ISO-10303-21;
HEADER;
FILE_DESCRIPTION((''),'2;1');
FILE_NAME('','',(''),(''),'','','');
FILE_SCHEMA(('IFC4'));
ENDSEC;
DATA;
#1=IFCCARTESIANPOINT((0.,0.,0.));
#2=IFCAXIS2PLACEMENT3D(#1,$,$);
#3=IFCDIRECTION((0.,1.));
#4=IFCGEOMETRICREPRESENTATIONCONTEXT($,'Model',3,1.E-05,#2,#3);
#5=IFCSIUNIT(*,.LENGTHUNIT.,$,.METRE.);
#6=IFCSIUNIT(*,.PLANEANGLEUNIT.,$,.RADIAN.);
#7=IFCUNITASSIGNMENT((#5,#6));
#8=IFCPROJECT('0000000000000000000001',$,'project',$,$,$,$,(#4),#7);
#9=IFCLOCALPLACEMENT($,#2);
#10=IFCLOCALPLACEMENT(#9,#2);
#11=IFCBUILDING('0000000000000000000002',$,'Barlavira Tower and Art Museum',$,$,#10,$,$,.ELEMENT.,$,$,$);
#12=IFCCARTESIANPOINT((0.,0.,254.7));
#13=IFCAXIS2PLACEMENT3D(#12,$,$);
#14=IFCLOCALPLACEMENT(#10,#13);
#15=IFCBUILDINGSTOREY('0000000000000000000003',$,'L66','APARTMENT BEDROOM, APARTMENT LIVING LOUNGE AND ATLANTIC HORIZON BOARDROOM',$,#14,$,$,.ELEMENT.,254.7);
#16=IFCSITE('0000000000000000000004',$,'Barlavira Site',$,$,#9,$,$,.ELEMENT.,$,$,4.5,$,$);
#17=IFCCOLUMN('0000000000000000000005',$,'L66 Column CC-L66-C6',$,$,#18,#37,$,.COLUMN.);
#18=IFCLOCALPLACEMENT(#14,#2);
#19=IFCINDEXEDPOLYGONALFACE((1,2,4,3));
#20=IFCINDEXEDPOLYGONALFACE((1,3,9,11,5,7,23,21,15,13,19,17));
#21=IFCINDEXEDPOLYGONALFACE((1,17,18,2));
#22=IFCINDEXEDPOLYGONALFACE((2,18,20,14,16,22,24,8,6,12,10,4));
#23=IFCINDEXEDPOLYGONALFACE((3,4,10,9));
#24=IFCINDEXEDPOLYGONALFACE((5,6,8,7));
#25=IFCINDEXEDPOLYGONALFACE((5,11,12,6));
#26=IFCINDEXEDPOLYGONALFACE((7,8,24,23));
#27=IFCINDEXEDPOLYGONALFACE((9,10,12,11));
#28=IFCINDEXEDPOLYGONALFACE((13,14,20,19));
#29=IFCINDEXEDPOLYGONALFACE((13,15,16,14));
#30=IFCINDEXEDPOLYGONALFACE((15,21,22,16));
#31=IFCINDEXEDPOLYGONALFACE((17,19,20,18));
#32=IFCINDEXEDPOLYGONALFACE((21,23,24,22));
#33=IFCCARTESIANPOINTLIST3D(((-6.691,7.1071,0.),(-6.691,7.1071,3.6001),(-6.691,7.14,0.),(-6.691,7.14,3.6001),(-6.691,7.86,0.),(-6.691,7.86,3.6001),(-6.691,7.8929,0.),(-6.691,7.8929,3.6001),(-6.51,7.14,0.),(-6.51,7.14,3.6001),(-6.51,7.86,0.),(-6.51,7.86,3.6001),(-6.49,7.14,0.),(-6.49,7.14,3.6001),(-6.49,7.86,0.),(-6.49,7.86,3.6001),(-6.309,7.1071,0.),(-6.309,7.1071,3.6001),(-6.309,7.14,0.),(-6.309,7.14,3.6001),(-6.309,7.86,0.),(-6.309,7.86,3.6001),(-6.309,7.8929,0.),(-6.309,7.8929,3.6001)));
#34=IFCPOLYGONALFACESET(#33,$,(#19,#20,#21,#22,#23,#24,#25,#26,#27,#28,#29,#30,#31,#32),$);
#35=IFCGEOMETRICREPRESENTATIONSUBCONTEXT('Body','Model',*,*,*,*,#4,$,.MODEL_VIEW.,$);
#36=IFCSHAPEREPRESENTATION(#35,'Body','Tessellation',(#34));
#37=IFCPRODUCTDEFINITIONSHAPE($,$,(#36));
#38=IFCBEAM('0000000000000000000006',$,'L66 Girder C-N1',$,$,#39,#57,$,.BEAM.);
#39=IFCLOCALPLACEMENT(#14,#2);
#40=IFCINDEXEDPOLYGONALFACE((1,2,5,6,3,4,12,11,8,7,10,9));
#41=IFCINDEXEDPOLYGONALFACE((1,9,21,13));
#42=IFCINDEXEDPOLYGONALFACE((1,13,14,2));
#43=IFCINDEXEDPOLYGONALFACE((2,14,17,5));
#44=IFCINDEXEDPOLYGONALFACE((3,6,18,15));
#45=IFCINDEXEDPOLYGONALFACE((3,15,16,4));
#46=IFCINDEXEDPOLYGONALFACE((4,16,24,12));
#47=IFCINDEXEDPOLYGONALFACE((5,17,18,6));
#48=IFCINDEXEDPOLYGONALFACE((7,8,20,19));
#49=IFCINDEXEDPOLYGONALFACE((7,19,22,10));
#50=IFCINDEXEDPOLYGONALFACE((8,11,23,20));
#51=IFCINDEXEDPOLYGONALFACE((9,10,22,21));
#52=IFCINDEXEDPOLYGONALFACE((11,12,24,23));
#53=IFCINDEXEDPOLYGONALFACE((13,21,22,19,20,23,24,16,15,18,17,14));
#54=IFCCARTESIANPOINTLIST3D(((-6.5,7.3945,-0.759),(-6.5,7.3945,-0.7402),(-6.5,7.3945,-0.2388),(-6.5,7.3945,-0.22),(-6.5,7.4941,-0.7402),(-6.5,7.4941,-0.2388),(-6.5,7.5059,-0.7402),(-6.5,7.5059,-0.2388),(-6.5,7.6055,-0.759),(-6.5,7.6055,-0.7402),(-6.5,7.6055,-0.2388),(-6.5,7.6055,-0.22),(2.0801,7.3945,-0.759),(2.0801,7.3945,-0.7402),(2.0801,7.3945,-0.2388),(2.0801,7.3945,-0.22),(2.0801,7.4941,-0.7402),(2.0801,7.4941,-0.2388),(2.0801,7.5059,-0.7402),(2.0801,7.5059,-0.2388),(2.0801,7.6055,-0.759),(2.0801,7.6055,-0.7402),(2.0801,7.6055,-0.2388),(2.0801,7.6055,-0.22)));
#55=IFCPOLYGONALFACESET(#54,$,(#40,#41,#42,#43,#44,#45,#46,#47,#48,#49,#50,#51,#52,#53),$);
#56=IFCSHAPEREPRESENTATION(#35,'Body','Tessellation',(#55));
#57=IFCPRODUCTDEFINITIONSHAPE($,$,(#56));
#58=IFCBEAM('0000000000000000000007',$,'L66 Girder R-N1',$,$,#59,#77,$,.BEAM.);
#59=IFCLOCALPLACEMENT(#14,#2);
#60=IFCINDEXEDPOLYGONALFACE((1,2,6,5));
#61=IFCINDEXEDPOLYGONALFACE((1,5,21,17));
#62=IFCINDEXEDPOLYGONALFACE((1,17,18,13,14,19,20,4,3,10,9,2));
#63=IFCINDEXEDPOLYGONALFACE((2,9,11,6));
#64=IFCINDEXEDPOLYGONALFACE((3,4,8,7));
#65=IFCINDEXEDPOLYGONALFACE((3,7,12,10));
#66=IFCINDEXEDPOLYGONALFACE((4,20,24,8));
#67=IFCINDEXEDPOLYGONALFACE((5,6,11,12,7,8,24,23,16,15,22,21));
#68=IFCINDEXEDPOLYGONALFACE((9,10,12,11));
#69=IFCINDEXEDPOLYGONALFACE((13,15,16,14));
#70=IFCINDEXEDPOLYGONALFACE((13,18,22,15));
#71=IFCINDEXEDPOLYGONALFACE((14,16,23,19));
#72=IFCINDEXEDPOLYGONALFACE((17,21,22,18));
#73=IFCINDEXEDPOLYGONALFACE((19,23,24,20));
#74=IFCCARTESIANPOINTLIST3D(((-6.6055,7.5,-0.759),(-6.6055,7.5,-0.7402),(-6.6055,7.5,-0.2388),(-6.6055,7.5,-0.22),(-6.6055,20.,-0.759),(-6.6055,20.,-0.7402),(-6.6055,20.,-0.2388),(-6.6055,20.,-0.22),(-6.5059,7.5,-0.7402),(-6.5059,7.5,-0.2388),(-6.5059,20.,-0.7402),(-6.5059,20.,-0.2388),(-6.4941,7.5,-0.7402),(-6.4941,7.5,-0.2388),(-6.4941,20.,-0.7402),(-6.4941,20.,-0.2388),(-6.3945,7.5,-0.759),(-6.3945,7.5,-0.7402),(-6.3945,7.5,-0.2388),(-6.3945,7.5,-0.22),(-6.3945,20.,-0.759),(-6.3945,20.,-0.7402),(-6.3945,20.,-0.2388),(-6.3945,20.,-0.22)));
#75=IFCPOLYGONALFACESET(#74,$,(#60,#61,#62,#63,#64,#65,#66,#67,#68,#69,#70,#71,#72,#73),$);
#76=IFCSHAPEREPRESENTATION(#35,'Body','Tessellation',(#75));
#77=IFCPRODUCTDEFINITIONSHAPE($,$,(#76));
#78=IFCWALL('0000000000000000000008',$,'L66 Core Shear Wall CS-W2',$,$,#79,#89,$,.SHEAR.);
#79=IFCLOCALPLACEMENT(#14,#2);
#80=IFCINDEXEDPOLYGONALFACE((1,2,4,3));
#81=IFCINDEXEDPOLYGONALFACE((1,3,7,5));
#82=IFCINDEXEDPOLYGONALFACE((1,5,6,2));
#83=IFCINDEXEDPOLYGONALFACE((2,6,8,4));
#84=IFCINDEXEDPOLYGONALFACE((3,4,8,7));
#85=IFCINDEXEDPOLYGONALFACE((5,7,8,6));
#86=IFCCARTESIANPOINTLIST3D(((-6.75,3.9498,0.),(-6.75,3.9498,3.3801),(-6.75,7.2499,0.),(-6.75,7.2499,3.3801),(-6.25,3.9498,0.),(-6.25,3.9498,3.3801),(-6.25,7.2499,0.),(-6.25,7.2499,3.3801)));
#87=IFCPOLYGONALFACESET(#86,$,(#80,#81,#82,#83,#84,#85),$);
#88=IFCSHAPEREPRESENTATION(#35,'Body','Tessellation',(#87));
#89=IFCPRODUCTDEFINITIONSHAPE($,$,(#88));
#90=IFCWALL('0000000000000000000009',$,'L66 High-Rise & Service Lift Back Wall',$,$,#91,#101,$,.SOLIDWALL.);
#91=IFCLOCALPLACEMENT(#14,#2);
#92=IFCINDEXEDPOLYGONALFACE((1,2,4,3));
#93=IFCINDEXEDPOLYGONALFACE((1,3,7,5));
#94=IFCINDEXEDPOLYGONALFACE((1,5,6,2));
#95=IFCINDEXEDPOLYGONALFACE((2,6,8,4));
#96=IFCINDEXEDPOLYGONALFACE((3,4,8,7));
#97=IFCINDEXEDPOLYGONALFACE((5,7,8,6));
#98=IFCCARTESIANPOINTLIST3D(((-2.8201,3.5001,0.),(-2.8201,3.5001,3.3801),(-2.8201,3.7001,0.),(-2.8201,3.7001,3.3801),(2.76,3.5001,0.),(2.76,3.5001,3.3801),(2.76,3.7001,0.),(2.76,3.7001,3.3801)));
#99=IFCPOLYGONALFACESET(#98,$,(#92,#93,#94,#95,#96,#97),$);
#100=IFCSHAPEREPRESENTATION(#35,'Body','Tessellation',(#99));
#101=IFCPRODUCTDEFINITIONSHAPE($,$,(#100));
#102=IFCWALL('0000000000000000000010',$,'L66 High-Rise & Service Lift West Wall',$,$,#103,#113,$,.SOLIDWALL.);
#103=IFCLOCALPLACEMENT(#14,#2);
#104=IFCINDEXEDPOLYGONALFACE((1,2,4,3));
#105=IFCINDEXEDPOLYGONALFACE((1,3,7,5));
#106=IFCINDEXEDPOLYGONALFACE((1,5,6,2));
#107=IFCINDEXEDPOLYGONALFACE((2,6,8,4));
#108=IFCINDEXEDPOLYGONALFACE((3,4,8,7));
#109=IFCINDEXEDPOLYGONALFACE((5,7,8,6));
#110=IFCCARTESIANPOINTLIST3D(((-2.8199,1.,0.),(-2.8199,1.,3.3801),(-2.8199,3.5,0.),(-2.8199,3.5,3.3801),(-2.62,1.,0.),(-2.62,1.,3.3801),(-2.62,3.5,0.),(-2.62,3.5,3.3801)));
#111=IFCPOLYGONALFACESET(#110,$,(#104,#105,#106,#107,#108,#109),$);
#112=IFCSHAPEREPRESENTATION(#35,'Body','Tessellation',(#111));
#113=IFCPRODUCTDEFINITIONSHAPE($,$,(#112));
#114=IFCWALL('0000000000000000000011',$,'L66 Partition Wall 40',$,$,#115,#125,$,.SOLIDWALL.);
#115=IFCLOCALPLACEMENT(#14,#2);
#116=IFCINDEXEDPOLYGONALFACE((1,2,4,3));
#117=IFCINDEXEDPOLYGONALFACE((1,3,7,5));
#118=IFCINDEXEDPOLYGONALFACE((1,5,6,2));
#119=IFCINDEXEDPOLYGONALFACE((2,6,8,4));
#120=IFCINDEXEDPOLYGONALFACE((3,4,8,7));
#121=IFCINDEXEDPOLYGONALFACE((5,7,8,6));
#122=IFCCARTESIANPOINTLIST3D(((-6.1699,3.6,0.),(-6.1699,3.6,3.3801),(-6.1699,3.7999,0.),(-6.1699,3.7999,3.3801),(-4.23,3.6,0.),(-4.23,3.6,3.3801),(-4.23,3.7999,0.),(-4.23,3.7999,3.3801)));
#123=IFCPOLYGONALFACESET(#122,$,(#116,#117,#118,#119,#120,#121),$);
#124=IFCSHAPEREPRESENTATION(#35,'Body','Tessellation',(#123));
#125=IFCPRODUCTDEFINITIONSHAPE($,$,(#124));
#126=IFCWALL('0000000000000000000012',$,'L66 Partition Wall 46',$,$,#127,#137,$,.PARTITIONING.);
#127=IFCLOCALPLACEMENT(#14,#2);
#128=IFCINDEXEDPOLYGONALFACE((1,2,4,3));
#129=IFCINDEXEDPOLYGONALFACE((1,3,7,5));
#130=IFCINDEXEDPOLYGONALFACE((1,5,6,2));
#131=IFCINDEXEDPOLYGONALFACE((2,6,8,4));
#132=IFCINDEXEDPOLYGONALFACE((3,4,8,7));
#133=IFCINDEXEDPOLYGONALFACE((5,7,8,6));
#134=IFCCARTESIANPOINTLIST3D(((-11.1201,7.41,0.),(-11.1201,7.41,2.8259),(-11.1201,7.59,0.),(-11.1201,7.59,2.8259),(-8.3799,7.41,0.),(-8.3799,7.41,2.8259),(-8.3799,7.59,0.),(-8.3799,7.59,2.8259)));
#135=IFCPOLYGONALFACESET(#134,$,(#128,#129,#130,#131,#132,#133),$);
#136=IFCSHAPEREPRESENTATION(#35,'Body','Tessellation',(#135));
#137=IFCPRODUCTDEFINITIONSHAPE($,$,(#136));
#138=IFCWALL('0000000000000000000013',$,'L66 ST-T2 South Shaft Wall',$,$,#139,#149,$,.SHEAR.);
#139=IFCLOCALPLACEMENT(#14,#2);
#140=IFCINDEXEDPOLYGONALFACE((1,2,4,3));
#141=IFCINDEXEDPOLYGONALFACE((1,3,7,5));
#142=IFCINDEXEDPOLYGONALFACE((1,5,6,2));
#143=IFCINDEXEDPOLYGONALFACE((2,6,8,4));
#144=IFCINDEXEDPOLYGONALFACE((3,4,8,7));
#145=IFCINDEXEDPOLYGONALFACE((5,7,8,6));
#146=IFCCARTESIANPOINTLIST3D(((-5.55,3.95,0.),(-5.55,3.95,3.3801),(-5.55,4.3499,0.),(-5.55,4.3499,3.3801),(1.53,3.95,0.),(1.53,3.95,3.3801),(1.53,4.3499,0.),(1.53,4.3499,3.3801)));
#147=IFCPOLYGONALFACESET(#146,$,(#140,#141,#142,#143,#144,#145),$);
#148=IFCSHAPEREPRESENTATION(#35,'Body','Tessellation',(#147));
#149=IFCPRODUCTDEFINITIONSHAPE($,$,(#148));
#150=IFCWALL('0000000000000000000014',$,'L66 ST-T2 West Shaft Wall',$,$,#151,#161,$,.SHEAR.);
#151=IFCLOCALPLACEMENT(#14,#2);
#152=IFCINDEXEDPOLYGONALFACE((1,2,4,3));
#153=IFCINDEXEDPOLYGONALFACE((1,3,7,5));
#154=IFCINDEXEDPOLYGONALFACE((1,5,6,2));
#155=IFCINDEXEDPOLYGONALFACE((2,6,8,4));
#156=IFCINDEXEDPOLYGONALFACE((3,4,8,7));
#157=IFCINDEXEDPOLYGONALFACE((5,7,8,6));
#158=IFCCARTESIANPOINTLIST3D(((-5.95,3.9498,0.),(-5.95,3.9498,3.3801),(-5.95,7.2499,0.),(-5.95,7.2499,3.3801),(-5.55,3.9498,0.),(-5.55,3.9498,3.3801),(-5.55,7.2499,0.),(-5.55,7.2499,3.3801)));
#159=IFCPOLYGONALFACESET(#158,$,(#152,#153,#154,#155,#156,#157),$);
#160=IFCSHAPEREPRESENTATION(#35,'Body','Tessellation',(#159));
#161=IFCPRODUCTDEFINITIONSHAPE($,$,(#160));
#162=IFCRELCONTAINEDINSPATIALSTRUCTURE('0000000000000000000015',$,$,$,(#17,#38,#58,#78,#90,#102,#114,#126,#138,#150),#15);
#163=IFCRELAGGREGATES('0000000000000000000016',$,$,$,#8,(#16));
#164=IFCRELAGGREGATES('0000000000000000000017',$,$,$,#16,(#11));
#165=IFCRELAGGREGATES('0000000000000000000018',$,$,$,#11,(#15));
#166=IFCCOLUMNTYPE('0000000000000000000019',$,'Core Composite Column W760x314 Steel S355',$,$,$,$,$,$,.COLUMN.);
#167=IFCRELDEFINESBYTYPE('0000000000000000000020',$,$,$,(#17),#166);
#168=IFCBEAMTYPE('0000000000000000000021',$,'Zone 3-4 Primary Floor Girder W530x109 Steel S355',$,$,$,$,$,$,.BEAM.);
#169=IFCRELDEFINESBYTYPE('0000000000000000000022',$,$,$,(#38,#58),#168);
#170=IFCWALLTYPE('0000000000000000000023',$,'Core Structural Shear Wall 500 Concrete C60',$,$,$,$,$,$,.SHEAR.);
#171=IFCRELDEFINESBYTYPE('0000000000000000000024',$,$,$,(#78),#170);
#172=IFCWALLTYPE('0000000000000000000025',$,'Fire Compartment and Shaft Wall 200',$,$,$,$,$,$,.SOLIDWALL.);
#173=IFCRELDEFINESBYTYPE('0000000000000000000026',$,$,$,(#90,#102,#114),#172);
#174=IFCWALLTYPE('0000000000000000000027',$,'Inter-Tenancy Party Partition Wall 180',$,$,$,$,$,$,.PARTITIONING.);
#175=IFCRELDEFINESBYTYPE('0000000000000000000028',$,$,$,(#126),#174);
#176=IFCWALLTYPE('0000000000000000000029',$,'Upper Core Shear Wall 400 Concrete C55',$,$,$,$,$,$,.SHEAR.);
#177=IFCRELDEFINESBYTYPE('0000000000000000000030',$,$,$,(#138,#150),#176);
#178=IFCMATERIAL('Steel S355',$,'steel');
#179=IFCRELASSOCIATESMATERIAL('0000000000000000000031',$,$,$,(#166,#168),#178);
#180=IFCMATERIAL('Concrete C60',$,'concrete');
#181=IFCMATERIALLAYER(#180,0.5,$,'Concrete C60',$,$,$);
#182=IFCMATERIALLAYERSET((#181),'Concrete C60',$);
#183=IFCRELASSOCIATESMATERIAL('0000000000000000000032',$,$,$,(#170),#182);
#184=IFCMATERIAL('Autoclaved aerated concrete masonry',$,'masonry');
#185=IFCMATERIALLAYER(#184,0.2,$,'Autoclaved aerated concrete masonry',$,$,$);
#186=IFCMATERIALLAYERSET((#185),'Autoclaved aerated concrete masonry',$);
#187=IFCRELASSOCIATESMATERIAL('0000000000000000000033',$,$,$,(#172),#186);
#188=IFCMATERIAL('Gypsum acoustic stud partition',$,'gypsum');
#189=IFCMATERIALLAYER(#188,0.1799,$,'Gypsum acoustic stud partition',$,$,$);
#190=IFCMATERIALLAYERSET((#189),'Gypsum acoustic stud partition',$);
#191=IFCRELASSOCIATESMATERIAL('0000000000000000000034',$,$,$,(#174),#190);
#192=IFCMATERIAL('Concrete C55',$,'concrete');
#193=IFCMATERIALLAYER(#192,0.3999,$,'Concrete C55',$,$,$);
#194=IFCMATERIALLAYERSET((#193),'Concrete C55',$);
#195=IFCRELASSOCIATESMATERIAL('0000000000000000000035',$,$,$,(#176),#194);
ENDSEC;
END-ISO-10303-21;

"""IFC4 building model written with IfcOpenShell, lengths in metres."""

from ifc_helpers import new_model, si_unit, direction, frame, frame_2d, origin, origin_2d, place, context, subcontext, project, spatial, rectangle, i_section, extrude, material, layer, layer_set, material_profile, profile_set, type_object, element, save


model = new_model("IFC4")

# Units and contexts
model_context = context("Model", 3, precision=1e-05, world=origin(), true_north=direction((0.0, 1.0)))
body_context = subcontext(model_context, "Body", "Model", "MODEL_VIEW")
ifc_project = project(units=[si_unit("LENGTHUNIT", "METRE"), si_unit("PLANEANGLEUNIT", "RADIAN")], contexts=[model_context])

# Site, building, storey
site_placement = place(None, origin())
site = spatial("IfcSite", under=ifc_project, at=site_placement, Name="Barlavira Site", CompositionType="ELEMENT", RefElevation=4.5)
building_placement = place(site_placement, origin())
building = spatial("IfcBuilding", under=site, at=building_placement, Name="Barlavira Tower and Art Museum", CompositionType="ELEMENT")
storey_placement = place(building_placement, frame((0.0, 0.0, 254.7)))
storey = spatial("IfcBuildingStorey", under=building, at=storey_placement, Name="L66", Description="APARTMENT BEDROOM, APARTMENT LIVING LOUNGE AND ATLANTIC HORIZON BOARDROOM", CompositionType="ELEMENT", Elevation=254.7)

# Column
ifc_material_1 = material(Name="Steel S355", Category="steel")
ifc_material_profile_1 = material_profile(ifc_material_1, i_section(OverallWidth=0.3821, OverallDepth=0.7859, WebThickness=0.02, FlangeThickness=0.033, at=origin_2d()), Name="W760x314.0")
ifc_profile_set_1 = profile_set([ifc_material_profile_1], Name="Steel S355")
column_type = type_object("IfcColumnType", Name="Core Composite Column W760x314 Steel S355", PredefinedType="COLUMN", material=ifc_profile_set_1)
column_placement = place(storey_placement, frame((-6.5, 7.5, 0.0), z_axis=(0.0, 0.0, 1.0), x_axis=(1.0, 0.0, 0.0)))
element("IfcColumn", 1, at=column_placement, inside=storey, type_object=column_type, Name="L66 Column CC-L66-C6", PredefinedType="COLUMN", context=body_context, shape_type="SweptSolid", body=[
    extrude(i_section(OverallWidth=0.3821, OverallDepth=0.7859, WebThickness=0.02, FlangeThickness=0.033, at=origin_2d()), origin(), (0.0, 0.0, 1.0), 3.6001),
])

# Beams
ifc_material_profile_2 = material_profile(ifc_material_1, i_section(OverallWidth=0.2109, OverallDepth=0.5391, WebThickness=0.0117, FlangeThickness=0.0188, at=origin_2d()), Name="W530x109.0")
ifc_profile_set_2 = profile_set([ifc_material_profile_2], Name="Steel S355")
beam_type = type_object("IfcBeamType", Name="Zone 3-4 Primary Floor Girder W530x109 Steel S355", PredefinedType="BEAM", material=ifc_profile_set_2)
beam_1_placement = place(storey_placement, frame((-6.5, 7.5, -0.4895), z_axis=(1.0, 0.0, 0.0), x_axis=(0.0, 1.0, 0.0)))
element("IfcBeam", 2, at=beam_1_placement, inside=storey, type_object=beam_type, Name="L66 Girder C-N1", PredefinedType="BEAM", context=body_context, shape_type="SweptSolid", body=[
    extrude(i_section(OverallWidth=0.2109, OverallDepth=0.5391, WebThickness=0.0117, FlangeThickness=0.0188, at=origin_2d()), origin(), (0.0, 0.0, 1.0), 8.5801),
])
beam_2_placement = place(storey_placement, frame((-6.5, 7.5, -0.4895), z_axis=(0.0, 1.0, 0.0), x_axis=(-1.0, 0.0, 0.0)))
element("IfcBeam", 3, at=beam_2_placement, inside=storey, type_object=beam_type, Name="L66 Girder R-N1", PredefinedType="BEAM", context=body_context, shape_type="SweptSolid", body=[
    extrude(i_section(OverallWidth=0.2109, OverallDepth=0.5391, WebThickness=0.0117, FlangeThickness=0.0188, at=origin_2d()), origin(), (0.0, 0.0, 1.0), 12.5),
])

# Shared definitions
ifc_material_2 = material(Name="Concrete C60", Category="concrete")
ifc_layer_1 = layer(ifc_material_2, 0.5, Name="Concrete C60")
ifc_layer_set_1 = layer_set([ifc_layer_1], Name="Concrete C60")
wall_type_1 = type_object("IfcWallType", Name="Core Structural Shear Wall 500 Concrete C60", PredefinedType="SHEAR", material=ifc_layer_set_1)

# Wall
wall_1_placement = place(storey_placement, frame((-6.5, 3.95, 0.0), z_axis=(0.0, 0.0, 1.0), x_axis=(0.0, 1.0, 0.0)))
element("IfcWall", 4, at=wall_1_placement, inside=storey, type_object=wall_type_1, Name="L66 Core Shear Wall CS-W2", PredefinedType="SHEAR", context=body_context, shape_type="SweptSolid", body=[
    extrude(rectangle(XDim=3.3, YDim=0.5, at=frame_2d((1.6499, 0.0))), origin(), (0.0, 0.0, 1.0), 3.3801),
])

# Shared definitions
ifc_material_3 = material(Name="Autoclaved aerated concrete masonry", Category="masonry")
ifc_layer_2 = layer(ifc_material_3, 0.2, Name="Autoclaved aerated concrete masonry")
ifc_layer_set_2 = layer_set([ifc_layer_2], Name="Autoclaved aerated concrete masonry")
wall_type_2 = type_object("IfcWallType", Name="Fire Compartment and Shaft Wall 200", PredefinedType="SOLIDWALL", material=ifc_layer_set_2)

# Walls
wall_2_placement = place(storey_placement, frame((-2.8201, 3.6001, 0.0), z_axis=(0.0, 0.0, 1.0), x_axis=(1.0, 0.0, 0.0)))
element("IfcWall", 5, at=wall_2_placement, inside=storey, type_object=wall_type_2, Name="L66 High-Rise & Service Lift Back Wall", PredefinedType="SOLIDWALL", context=body_context, shape_type="SweptSolid", body=[
    extrude(rectangle(XDim=5.5801, YDim=0.2, at=frame_2d((2.79, 0.0))), origin(), (0.0, 0.0, 1.0), 3.3801),
])
wall_3_placement = place(storey_placement, frame((-2.72, 1.0, 0.0), z_axis=(0.0, 0.0, 1.0), x_axis=(0.0, 1.0, 0.0)))
element("IfcWall", 6, at=wall_3_placement, inside=storey, type_object=wall_type_2, Name="L66 High-Rise & Service Lift West Wall", PredefinedType="SOLIDWALL", context=body_context, shape_type="SweptSolid", body=[
    extrude(rectangle(XDim=2.5, YDim=0.2, at=frame_2d((1.25, 0.0))), origin(), (0.0, 0.0, 1.0), 3.3801),
])
wall_4_placement = place(storey_placement, frame((-6.1699, 3.7, 0.0), z_axis=(0.0, 0.0, 1.0), x_axis=(1.0, 0.0, 0.0)))
element("IfcWall", 7, at=wall_4_placement, inside=storey, type_object=wall_type_2, Name="L66 Partition Wall 40", PredefinedType="SOLIDWALL", context=body_context, shape_type="SweptSolid", body=[
    extrude(rectangle(XDim=1.9399, YDim=0.2, at=frame_2d((0.97, 0.0))), origin(), (0.0, 0.0, 1.0), 3.3801),
])
ifc_material_4 = material(Name="Gypsum acoustic stud partition", Category="gypsum")
ifc_layer_3 = layer(ifc_material_4, 0.1799, Name="Gypsum acoustic stud partition")
ifc_layer_set_3 = layer_set([ifc_layer_3], Name="Gypsum acoustic stud partition")
wall_type_3 = type_object("IfcWallType", Name="Inter-Tenancy Party Partition Wall 180", PredefinedType="PARTITIONING", material=ifc_layer_set_3)
wall_5_placement = place(storey_placement, frame((-11.1201, 7.5, 0.0), z_axis=(0.0, 0.0, 1.0), x_axis=(1.0, 0.0, 0.0)))
element("IfcWall", 8, at=wall_5_placement, inside=storey, type_object=wall_type_3, Name="L66 Partition Wall 46", PredefinedType="PARTITIONING", context=body_context, shape_type="SweptSolid", body=[
    extrude(rectangle(XDim=2.7402, YDim=0.1799, at=frame_2d((1.3701, 0.0))), origin(), (0.0, 0.0, 1.0), 2.8259),
])
ifc_material_5 = material(Name="Concrete C55", Category="concrete")
ifc_layer_4 = layer(ifc_material_5, 0.3999, Name="Concrete C55")
ifc_layer_set_4 = layer_set([ifc_layer_4], Name="Concrete C55")
wall_type_4 = type_object("IfcWallType", Name="Upper Core Shear Wall 400 Concrete C55", PredefinedType="SHEAR", material=ifc_layer_set_4)
wall_6_placement = place(storey_placement, frame((-5.55, 4.1499, 0.0), z_axis=(0.0, 0.0, 1.0), x_axis=(1.0, 0.0, 0.0)))
element("IfcWall", 9, at=wall_6_placement, inside=storey, type_object=wall_type_4, Name="L66 ST-T2 South Shaft Wall", PredefinedType="SHEAR", context=body_context, shape_type="SweptSolid", body=[
    extrude(rectangle(XDim=7.0801, YDim=0.3999, at=frame_2d((3.54, 0.0))), origin(), (0.0, 0.0, 1.0), 3.3801),
])
wall_7_placement = place(storey_placement, frame((-5.75, 3.95, 0.0), z_axis=(0.0, 0.0, 1.0), x_axis=(0.0, 1.0, 0.0)))
element("IfcWall", 10, at=wall_7_placement, inside=storey, type_object=wall_type_4, Name="L66 ST-T2 West Shaft Wall", PredefinedType="SHEAR", context=body_context, shape_type="SweptSolid", body=[
    extrude(rectangle(XDim=3.3, YDim=0.3999, at=frame_2d((1.6499, 0.0))), origin(), (0.0, 0.0, 1.0), 3.3801),
])

save(model, "model.ifc")
